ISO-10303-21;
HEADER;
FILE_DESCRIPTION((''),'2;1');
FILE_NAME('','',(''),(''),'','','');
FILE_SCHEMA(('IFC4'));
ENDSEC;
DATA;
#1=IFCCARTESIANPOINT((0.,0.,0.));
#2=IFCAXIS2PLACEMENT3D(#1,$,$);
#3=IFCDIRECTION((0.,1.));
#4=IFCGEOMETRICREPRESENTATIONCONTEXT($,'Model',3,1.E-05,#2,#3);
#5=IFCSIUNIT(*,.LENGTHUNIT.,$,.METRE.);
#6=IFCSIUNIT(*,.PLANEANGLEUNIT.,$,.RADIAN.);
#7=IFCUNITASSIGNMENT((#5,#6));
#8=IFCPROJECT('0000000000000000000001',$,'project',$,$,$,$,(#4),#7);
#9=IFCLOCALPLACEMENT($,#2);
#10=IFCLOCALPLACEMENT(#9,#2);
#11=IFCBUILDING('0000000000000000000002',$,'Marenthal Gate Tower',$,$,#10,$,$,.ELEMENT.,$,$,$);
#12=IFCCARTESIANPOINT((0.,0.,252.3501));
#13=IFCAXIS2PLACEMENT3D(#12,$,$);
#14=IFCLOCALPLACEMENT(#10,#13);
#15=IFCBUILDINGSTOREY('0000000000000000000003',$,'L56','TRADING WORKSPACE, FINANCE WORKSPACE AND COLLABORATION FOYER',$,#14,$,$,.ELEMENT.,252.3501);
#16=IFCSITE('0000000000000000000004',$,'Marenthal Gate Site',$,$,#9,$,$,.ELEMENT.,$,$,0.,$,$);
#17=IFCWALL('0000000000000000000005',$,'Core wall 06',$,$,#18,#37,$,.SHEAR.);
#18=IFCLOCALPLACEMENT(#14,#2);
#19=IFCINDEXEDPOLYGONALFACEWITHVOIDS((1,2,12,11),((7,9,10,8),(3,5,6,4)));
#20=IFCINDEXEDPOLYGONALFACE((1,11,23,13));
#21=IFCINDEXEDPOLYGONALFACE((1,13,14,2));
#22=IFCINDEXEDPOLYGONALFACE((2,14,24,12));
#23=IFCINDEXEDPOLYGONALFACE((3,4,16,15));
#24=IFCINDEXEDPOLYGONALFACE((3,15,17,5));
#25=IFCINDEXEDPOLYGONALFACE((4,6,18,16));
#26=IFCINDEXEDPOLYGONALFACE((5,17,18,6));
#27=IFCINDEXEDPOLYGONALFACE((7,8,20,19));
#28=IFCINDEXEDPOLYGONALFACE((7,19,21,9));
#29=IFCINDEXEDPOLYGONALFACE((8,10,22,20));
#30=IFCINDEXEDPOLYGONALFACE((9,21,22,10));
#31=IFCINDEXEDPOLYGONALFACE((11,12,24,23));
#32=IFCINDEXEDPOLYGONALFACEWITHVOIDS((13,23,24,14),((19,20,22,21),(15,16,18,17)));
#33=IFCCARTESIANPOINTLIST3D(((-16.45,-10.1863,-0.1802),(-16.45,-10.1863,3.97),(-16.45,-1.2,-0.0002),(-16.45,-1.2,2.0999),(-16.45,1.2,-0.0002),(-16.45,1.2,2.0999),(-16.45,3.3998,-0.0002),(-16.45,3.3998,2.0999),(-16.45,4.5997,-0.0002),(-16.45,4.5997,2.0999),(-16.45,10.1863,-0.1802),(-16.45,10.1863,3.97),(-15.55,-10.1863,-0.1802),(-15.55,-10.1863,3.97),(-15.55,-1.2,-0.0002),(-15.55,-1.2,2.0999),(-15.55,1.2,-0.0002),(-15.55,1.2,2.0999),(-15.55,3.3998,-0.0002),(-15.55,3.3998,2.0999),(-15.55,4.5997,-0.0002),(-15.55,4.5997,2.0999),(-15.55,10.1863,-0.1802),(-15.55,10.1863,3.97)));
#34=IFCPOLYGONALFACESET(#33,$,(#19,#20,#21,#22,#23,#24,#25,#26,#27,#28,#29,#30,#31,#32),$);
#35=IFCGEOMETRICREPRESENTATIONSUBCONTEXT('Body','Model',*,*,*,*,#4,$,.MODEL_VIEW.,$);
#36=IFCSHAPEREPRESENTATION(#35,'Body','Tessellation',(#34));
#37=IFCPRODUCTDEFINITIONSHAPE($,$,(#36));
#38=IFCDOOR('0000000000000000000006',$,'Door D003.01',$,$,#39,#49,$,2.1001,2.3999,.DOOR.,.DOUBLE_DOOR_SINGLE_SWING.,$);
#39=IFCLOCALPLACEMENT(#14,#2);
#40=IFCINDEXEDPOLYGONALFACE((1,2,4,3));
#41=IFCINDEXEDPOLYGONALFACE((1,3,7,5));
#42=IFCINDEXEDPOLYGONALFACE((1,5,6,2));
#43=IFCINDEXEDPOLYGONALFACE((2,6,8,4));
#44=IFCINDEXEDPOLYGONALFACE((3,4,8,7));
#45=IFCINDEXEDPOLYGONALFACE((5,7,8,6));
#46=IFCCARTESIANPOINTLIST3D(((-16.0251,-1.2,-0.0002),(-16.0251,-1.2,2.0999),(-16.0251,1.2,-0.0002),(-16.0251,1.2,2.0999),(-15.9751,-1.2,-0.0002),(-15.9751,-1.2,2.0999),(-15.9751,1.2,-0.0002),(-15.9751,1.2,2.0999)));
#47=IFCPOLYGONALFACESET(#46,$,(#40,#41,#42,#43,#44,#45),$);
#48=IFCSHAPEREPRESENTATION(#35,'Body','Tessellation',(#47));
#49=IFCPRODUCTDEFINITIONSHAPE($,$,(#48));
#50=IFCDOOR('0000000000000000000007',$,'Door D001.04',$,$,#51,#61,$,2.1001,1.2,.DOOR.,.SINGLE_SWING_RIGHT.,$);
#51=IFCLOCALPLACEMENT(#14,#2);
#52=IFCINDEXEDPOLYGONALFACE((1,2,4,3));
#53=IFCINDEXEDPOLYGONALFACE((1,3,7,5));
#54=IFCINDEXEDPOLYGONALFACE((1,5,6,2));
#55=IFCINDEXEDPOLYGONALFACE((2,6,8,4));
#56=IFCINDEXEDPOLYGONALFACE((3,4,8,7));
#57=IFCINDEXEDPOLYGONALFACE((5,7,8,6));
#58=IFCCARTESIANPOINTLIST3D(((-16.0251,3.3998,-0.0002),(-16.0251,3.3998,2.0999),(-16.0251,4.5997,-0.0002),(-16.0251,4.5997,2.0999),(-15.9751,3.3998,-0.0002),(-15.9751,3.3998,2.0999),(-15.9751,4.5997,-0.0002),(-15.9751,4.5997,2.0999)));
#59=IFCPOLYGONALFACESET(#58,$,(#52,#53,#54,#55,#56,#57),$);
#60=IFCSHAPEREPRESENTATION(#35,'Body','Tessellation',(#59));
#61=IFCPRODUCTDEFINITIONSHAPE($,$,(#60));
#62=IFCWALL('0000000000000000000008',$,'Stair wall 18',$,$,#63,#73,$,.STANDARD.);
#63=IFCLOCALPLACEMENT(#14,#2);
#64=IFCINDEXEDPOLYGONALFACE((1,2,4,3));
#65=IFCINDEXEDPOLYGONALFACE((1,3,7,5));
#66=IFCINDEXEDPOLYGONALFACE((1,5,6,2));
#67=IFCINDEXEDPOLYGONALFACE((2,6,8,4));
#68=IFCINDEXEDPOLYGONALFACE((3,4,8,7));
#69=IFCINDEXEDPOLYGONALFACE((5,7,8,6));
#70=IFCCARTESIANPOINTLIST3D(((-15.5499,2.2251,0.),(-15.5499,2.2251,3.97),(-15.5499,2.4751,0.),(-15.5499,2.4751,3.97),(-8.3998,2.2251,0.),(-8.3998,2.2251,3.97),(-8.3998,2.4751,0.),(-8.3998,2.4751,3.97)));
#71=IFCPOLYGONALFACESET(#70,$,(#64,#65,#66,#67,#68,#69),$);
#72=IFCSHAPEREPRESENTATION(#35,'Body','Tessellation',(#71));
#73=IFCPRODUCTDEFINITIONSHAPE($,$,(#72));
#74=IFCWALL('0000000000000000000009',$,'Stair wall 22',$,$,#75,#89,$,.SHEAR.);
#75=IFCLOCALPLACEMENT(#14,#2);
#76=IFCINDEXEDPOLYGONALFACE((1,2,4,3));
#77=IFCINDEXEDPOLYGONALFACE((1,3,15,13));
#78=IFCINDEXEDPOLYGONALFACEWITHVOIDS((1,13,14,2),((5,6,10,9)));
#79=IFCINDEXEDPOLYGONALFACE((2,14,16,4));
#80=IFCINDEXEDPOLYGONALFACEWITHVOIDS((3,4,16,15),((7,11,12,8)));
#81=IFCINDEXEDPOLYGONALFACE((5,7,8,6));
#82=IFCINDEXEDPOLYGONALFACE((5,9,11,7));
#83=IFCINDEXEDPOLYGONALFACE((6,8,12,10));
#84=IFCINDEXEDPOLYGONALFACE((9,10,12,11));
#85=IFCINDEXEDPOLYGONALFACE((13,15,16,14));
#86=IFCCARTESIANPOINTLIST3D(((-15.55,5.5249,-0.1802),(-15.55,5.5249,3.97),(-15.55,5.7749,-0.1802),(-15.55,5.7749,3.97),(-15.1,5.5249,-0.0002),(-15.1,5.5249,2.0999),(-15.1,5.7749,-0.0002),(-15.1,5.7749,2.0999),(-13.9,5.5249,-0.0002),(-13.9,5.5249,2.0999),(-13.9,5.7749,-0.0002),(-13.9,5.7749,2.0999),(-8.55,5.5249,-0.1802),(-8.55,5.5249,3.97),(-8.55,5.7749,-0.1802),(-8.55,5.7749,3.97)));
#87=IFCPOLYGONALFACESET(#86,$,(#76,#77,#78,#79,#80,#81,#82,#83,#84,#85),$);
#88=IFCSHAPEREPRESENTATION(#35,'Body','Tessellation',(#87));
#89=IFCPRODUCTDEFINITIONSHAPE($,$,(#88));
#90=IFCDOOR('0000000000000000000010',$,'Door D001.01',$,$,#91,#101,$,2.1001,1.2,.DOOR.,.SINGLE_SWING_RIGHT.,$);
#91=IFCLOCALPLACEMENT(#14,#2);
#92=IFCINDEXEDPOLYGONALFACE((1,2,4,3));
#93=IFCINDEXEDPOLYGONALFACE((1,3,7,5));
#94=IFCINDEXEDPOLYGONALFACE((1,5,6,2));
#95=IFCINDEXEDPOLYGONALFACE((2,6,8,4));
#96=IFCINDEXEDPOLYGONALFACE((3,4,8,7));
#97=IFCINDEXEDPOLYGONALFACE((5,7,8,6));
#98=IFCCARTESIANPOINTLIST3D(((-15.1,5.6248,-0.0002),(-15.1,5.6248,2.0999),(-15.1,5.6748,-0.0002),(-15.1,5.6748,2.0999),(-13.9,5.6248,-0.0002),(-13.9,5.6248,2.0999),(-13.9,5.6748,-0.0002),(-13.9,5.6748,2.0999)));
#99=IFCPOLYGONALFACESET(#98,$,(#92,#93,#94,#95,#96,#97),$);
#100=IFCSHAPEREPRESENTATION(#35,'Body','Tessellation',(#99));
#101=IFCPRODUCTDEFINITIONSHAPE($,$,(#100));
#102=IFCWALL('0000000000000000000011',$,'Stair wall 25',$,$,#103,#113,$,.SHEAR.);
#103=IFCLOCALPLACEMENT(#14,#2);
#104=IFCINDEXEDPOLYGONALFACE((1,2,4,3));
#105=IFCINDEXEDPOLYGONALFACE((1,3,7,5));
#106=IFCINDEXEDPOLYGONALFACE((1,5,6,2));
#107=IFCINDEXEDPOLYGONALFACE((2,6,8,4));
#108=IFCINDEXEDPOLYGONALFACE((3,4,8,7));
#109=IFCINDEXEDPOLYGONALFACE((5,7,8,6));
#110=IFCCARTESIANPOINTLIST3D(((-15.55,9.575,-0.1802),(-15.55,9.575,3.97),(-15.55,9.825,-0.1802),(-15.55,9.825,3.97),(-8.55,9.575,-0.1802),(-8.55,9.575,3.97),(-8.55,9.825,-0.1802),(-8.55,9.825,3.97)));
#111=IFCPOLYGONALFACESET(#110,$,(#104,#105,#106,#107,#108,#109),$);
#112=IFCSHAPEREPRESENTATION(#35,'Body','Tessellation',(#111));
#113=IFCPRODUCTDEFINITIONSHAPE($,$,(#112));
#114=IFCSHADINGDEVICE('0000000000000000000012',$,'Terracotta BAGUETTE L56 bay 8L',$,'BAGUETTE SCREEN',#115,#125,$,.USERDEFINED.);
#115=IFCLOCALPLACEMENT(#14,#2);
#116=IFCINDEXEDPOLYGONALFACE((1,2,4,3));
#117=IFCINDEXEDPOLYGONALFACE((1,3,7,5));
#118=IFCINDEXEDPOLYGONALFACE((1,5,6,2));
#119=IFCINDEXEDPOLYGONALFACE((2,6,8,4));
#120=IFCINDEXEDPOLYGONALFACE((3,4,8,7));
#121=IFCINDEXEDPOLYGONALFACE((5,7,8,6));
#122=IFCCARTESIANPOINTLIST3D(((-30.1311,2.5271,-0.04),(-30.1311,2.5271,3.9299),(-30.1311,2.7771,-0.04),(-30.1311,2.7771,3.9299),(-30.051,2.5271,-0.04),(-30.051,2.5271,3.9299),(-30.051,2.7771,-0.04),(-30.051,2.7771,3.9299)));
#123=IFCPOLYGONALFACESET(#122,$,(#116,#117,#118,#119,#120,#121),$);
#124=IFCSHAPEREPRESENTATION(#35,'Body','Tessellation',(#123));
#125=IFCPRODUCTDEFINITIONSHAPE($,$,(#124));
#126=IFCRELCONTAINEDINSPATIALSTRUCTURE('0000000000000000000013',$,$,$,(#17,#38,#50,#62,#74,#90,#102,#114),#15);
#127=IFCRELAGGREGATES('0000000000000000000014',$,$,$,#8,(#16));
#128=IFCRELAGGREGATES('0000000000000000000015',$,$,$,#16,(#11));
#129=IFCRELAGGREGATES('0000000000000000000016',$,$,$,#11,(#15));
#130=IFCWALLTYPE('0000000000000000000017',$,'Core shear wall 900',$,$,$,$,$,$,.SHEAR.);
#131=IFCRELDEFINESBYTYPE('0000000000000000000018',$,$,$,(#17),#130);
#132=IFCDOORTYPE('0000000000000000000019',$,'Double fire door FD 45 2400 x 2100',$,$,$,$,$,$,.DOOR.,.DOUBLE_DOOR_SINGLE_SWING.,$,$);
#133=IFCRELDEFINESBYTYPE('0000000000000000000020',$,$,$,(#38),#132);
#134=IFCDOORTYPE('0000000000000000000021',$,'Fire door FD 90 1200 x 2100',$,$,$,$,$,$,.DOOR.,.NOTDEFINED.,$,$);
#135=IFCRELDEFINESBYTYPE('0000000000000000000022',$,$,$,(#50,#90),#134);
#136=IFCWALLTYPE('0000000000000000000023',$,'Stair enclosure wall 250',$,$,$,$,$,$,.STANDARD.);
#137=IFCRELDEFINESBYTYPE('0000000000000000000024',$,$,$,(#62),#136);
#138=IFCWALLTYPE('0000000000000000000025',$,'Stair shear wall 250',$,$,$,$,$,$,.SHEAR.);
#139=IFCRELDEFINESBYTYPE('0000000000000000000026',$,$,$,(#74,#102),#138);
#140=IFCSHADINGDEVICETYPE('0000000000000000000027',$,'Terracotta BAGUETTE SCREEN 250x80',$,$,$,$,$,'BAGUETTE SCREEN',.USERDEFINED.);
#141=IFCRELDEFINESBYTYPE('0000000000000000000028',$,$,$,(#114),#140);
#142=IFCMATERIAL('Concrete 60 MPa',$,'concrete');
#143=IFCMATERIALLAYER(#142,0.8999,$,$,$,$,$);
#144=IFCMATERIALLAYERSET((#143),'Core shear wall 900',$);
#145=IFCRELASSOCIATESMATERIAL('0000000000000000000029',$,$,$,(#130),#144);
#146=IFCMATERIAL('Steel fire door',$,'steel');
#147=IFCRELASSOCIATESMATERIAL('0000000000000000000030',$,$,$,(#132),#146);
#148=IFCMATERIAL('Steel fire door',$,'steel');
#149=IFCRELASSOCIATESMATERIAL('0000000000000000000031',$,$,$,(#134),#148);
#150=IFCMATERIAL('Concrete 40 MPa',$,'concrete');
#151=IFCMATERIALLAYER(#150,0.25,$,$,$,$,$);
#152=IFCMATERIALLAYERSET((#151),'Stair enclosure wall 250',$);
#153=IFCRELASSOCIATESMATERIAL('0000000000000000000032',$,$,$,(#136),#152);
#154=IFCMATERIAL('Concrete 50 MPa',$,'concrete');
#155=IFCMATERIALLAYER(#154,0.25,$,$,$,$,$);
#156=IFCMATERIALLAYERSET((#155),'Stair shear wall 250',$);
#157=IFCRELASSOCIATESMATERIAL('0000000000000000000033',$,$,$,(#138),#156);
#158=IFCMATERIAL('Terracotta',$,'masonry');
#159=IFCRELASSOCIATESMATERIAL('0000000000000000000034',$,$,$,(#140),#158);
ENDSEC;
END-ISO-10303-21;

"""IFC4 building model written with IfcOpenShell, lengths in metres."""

from ifc_helpers import new_model, si_unit, direction, frame, frame_2d, origin, origin_2d, place, context, subcontext, project, spatial, rectangle, extrude, material, layer, layer_set, material_profile, profile_set, type_object, element, fill, save


model = new_model("IFC4")

# Units and contexts
model_context = context("Model", 3, precision=1e-05, world=origin(), true_north=direction((0.0, 1.0)))
body_context = subcontext(model_context, "Body", "Model", "MODEL_VIEW")
ifc_project = project(units=[si_unit("LENGTHUNIT", "METRE"), si_unit("PLANEANGLEUNIT", "RADIAN")], contexts=[model_context])

# Site, building, storey
site_placement = place(None, origin())
site = spatial("IfcSite", under=ifc_project, at=site_placement, Name="Marenthal Gate Site", CompositionType="ELEMENT", RefElevation=0.0)
building_placement = place(site_placement, origin())
building = spatial("IfcBuilding", under=site, at=building_placement, Name="Marenthal Gate Tower", CompositionType="ELEMENT")
storey_placement = place(building_placement, frame((0.0, 0.0, 252.3501)))
storey = spatial("IfcBuildingStorey", under=building, at=storey_placement, Name="L56", Description="TRADING WORKSPACE, FINANCE WORKSPACE AND COLLABORATION FOYER", CompositionType="ELEMENT", Elevation=252.3501)

# Wall, openings, doors
ifc_material_1 = material(Name="Concrete 60 MPa", Category="concrete")
ifc_layer_1 = layer(ifc_material_1, 0.8999)
ifc_layer_set_1 = layer_set([ifc_layer_1], Name="Core shear wall 900")
wall_type_1 = type_object("IfcWallType", Name="Core shear wall 900", PredefinedType="SHEAR", material=ifc_layer_set_1)
wall_1_placement = place(storey_placement, frame((-16.0, 10.1863, -0.1802), z_axis=(0.0, 0.0, 1.0), x_axis=(0.0, -1.0, 0.0)))
wall_1 = element("IfcWall", 1, at=wall_1_placement, inside=storey, type_object=wall_type_1, Name="Core wall 06", PredefinedType="SHEAR", context=body_context, shape_type="SweptSolid", body=[
    extrude(rectangle(XDim=20.3726, YDim=0.8999, at=frame_2d((10.1863, 0.0))), origin(), (0.0, 0.0, 1.0), 4.1501),
])
opening_1_placement = place(wall_1_placement, frame((8.9863, 0.0, 0.1799)))
opening_1 = element("IfcOpeningElement", 2, at=opening_1_placement, cuts=wall_1, PredefinedType="OPENING", context=body_context, shape_type="SweptSolid", body=[
    extrude(rectangle(XDim=2.3999, YDim=2.1001, at=frame_2d((1.2, 1.05))), frame((0.0, 0.46, 0.0), z_axis=(0.0, -1.0, 0.0), x_axis=(1.0, 0.0, 0.0)), (0.0, 0.0, 1.0), 0.9199),
])
opening_2_placement = place(wall_1_placement, frame((5.5864, 0.0, 0.1799)))
opening_2 = element("IfcOpeningElement", 3, at=opening_2_placement, cuts=wall_1, PredefinedType="OPENING", context=body_context, shape_type="SweptSolid", body=[
    extrude(rectangle(XDim=1.2, YDim=2.1001, at=frame_2d((0.6001, 1.05))), frame((0.0, 0.46, 0.0), z_axis=(0.0, -1.0, 0.0), x_axis=(1.0, 0.0, 0.0)), (0.0, 0.0, 1.0), 0.9199),
])
ifc_material_2 = material(Name="Steel fire door", Category="steel")
door_type_1 = type_object("IfcDoorType", Name="Double fire door FD 45 2400 x 2100", OperationType="DOUBLE_DOOR_SINGLE_SWING", PredefinedType="DOOR", material=ifc_material_2)
door_1_placement = place(opening_1_placement, origin())
door_1 = element("IfcDoor", 4, at=door_1_placement, inside=storey, type_object=door_type_1, Name="Door D003.01", OperationType="DOUBLE_DOOR_SINGLE_SWING", OverallHeight=2.1001, OverallWidth=2.3999, PredefinedType="DOOR", context=body_context, shape_type="SweptSolid", body=[
    extrude(rectangle(XDim=2.3999, YDim=2.1001, at=frame_2d((1.2, 1.05))), frame((0.0, 0.0249, 0.0), z_axis=(0.0, -1.0, 0.0), x_axis=(1.0, 0.0, 0.0)), (0.0, 0.0, 1.0), 0.05),
])
fill(opening_1, door_1)
ifc_material_3 = material(Name="Steel fire door", Category="steel")
door_type_2 = type_object("IfcDoorType", Name="Fire door FD 90 1200 x 2100", OperationType="NOTDEFINED", PredefinedType="DOOR", material=ifc_material_3)
door_2_placement = place(opening_2_placement, origin())
door_2 = element("IfcDoor", 5, at=door_2_placement, inside=storey, type_object=door_type_2, Name="Door D001.04", OperationType="SINGLE_SWING_RIGHT", OverallHeight=2.1001, OverallWidth=1.2, PredefinedType="DOOR", context=body_context, shape_type="SweptSolid", body=[
    extrude(rectangle(XDim=1.2, YDim=2.1001, at=frame_2d((0.6001, 1.05))), frame((0.0, 0.0249, 0.0), z_axis=(0.0, -1.0, 0.0), x_axis=(1.0, 0.0, 0.0)), (0.0, 0.0, 1.0), 0.05),
])
fill(opening_2, door_2)

# Wall
ifc_material_4 = material(Name="Concrete 40 MPa", Category="concrete")
ifc_layer_2 = layer(ifc_material_4, 0.25)
ifc_layer_set_2 = layer_set([ifc_layer_2], Name="Stair enclosure wall 250")
wall_type_2 = type_object("IfcWallType", Name="Stair enclosure wall 250", PredefinedType="STANDARD", material=ifc_layer_set_2)
wall_2_placement = place(storey_placement, frame((-15.55, 2.3501, 0.0), z_axis=(0.0, 0.0, 1.0), x_axis=(1.0, 0.0, 0.0)))
element("IfcWall", 6, at=wall_2_placement, inside=storey, type_object=wall_type_2, Name="Stair wall 18", PredefinedType="STANDARD", context=body_context, shape_type="SweptSolid", body=[
    extrude(rectangle(XDim=7.1501, YDim=0.25, at=frame_2d((3.5752, 0.0))), origin(), (0.0, 0.0, 1.0), 3.97),
])

# Wall, opening, door
ifc_material_5 = material(Name="Concrete 50 MPa", Category="concrete")
ifc_layer_3 = layer(ifc_material_5, 0.25)
ifc_layer_set_3 = layer_set([ifc_layer_3], Name="Stair shear wall 250")
wall_type_3 = type_object("IfcWallType", Name="Stair shear wall 250", PredefinedType="SHEAR", material=ifc_layer_set_3)
wall_3_placement = place(storey_placement, frame((-15.55, 5.6499, -0.1802), z_axis=(0.0, 0.0, 1.0), x_axis=(1.0, 0.0, 0.0)))
wall_3 = element("IfcWall", 7, at=wall_3_placement, inside=storey, type_object=wall_type_3, Name="Stair wall 22", PredefinedType="SHEAR", context=body_context, shape_type="SweptSolid", body=[
    extrude(rectangle(XDim=7.0, YDim=0.25, at=frame_2d((3.5, 0.0))), origin(), (0.0, 0.0, 1.0), 4.1501),
])
opening_3_placement = place(wall_3_placement, frame((0.45, 0.0, 0.1799)))
opening_3 = element("IfcOpeningElement", 8, at=opening_3_placement, cuts=wall_3, PredefinedType="OPENING", context=body_context, shape_type="SweptSolid", body=[
    extrude(rectangle(XDim=1.2, YDim=2.1001, at=frame_2d((0.6001, 1.05))), frame((0.0, 0.135, 0.0), z_axis=(0.0, -1.0, 0.0), x_axis=(1.0, 0.0, 0.0)), (0.0, 0.0, 1.0), 0.27),
])
door_3_placement = place(opening_3_placement, origin())
door_3 = element("IfcDoor", 9, at=door_3_placement, inside=storey, type_object=door_type_2, Name="Door D001.01", OperationType="SINGLE_SWING_RIGHT", OverallHeight=2.1001, OverallWidth=1.2, PredefinedType="DOOR", context=body_context, shape_type="SweptSolid", body=[
    extrude(rectangle(XDim=1.2, YDim=2.1001, at=frame_2d((0.6001, 1.05))), frame((0.0, 0.0249, 0.0), z_axis=(0.0, -1.0, 0.0), x_axis=(1.0, 0.0, 0.0)), (0.0, 0.0, 1.0), 0.05),
])
fill(opening_3, door_3)

# Wall
wall_4_placement = place(storey_placement, frame((-15.55, 9.7, -0.1802), z_axis=(0.0, 0.0, 1.0), x_axis=(1.0, 0.0, 0.0)))
element("IfcWall", 10, at=wall_4_placement, inside=storey, type_object=wall_type_3, Name="Stair wall 25", PredefinedType="SHEAR", context=body_context, shape_type="SweptSolid", body=[
    extrude(rectangle(XDim=7.0, YDim=0.25, at=frame_2d((3.5, 0.0))), origin(), (0.0, 0.0, 1.0), 4.1501),
])

# Shading device
ifc_material_6 = material(Name="Terracotta", Category="masonry")
ifc_material_profile_1 = material_profile(ifc_material_6, rectangle(XDim=0.25, YDim=0.0801, at=origin_2d()), Name="Terracotta baguette 250x80")
ifc_profile_set_1 = profile_set([ifc_material_profile_1], Name="Terracotta")
shading_device_type = type_object("IfcShadingDeviceType", Name="Terracotta BAGUETTE SCREEN 250x80", ElementType="BAGUETTE SCREEN", PredefinedType="USERDEFINED", material=ifc_profile_set_1)
shading_device_placement = place(storey_placement, frame((-30.0911, 2.6521, -0.04), z_axis=(0.0, 0.0, 1.0), x_axis=(0.0, -1.0, 0.0)))
element("IfcShadingDevice", 11, at=shading_device_placement, inside=storey, type_object=shading_device_type, Name="Terracotta BAGUETTE L56 bay 8L", ObjectType="BAGUETTE SCREEN", PredefinedType="USERDEFINED", context=body_context, shape_type="SweptSolid", body=[
    extrude(rectangle(XDim=0.25, YDim=0.0801, at=origin_2d()), origin(), (0.0, 0.0, 1.0), 3.97),
])

save(model, "model.ifc")
